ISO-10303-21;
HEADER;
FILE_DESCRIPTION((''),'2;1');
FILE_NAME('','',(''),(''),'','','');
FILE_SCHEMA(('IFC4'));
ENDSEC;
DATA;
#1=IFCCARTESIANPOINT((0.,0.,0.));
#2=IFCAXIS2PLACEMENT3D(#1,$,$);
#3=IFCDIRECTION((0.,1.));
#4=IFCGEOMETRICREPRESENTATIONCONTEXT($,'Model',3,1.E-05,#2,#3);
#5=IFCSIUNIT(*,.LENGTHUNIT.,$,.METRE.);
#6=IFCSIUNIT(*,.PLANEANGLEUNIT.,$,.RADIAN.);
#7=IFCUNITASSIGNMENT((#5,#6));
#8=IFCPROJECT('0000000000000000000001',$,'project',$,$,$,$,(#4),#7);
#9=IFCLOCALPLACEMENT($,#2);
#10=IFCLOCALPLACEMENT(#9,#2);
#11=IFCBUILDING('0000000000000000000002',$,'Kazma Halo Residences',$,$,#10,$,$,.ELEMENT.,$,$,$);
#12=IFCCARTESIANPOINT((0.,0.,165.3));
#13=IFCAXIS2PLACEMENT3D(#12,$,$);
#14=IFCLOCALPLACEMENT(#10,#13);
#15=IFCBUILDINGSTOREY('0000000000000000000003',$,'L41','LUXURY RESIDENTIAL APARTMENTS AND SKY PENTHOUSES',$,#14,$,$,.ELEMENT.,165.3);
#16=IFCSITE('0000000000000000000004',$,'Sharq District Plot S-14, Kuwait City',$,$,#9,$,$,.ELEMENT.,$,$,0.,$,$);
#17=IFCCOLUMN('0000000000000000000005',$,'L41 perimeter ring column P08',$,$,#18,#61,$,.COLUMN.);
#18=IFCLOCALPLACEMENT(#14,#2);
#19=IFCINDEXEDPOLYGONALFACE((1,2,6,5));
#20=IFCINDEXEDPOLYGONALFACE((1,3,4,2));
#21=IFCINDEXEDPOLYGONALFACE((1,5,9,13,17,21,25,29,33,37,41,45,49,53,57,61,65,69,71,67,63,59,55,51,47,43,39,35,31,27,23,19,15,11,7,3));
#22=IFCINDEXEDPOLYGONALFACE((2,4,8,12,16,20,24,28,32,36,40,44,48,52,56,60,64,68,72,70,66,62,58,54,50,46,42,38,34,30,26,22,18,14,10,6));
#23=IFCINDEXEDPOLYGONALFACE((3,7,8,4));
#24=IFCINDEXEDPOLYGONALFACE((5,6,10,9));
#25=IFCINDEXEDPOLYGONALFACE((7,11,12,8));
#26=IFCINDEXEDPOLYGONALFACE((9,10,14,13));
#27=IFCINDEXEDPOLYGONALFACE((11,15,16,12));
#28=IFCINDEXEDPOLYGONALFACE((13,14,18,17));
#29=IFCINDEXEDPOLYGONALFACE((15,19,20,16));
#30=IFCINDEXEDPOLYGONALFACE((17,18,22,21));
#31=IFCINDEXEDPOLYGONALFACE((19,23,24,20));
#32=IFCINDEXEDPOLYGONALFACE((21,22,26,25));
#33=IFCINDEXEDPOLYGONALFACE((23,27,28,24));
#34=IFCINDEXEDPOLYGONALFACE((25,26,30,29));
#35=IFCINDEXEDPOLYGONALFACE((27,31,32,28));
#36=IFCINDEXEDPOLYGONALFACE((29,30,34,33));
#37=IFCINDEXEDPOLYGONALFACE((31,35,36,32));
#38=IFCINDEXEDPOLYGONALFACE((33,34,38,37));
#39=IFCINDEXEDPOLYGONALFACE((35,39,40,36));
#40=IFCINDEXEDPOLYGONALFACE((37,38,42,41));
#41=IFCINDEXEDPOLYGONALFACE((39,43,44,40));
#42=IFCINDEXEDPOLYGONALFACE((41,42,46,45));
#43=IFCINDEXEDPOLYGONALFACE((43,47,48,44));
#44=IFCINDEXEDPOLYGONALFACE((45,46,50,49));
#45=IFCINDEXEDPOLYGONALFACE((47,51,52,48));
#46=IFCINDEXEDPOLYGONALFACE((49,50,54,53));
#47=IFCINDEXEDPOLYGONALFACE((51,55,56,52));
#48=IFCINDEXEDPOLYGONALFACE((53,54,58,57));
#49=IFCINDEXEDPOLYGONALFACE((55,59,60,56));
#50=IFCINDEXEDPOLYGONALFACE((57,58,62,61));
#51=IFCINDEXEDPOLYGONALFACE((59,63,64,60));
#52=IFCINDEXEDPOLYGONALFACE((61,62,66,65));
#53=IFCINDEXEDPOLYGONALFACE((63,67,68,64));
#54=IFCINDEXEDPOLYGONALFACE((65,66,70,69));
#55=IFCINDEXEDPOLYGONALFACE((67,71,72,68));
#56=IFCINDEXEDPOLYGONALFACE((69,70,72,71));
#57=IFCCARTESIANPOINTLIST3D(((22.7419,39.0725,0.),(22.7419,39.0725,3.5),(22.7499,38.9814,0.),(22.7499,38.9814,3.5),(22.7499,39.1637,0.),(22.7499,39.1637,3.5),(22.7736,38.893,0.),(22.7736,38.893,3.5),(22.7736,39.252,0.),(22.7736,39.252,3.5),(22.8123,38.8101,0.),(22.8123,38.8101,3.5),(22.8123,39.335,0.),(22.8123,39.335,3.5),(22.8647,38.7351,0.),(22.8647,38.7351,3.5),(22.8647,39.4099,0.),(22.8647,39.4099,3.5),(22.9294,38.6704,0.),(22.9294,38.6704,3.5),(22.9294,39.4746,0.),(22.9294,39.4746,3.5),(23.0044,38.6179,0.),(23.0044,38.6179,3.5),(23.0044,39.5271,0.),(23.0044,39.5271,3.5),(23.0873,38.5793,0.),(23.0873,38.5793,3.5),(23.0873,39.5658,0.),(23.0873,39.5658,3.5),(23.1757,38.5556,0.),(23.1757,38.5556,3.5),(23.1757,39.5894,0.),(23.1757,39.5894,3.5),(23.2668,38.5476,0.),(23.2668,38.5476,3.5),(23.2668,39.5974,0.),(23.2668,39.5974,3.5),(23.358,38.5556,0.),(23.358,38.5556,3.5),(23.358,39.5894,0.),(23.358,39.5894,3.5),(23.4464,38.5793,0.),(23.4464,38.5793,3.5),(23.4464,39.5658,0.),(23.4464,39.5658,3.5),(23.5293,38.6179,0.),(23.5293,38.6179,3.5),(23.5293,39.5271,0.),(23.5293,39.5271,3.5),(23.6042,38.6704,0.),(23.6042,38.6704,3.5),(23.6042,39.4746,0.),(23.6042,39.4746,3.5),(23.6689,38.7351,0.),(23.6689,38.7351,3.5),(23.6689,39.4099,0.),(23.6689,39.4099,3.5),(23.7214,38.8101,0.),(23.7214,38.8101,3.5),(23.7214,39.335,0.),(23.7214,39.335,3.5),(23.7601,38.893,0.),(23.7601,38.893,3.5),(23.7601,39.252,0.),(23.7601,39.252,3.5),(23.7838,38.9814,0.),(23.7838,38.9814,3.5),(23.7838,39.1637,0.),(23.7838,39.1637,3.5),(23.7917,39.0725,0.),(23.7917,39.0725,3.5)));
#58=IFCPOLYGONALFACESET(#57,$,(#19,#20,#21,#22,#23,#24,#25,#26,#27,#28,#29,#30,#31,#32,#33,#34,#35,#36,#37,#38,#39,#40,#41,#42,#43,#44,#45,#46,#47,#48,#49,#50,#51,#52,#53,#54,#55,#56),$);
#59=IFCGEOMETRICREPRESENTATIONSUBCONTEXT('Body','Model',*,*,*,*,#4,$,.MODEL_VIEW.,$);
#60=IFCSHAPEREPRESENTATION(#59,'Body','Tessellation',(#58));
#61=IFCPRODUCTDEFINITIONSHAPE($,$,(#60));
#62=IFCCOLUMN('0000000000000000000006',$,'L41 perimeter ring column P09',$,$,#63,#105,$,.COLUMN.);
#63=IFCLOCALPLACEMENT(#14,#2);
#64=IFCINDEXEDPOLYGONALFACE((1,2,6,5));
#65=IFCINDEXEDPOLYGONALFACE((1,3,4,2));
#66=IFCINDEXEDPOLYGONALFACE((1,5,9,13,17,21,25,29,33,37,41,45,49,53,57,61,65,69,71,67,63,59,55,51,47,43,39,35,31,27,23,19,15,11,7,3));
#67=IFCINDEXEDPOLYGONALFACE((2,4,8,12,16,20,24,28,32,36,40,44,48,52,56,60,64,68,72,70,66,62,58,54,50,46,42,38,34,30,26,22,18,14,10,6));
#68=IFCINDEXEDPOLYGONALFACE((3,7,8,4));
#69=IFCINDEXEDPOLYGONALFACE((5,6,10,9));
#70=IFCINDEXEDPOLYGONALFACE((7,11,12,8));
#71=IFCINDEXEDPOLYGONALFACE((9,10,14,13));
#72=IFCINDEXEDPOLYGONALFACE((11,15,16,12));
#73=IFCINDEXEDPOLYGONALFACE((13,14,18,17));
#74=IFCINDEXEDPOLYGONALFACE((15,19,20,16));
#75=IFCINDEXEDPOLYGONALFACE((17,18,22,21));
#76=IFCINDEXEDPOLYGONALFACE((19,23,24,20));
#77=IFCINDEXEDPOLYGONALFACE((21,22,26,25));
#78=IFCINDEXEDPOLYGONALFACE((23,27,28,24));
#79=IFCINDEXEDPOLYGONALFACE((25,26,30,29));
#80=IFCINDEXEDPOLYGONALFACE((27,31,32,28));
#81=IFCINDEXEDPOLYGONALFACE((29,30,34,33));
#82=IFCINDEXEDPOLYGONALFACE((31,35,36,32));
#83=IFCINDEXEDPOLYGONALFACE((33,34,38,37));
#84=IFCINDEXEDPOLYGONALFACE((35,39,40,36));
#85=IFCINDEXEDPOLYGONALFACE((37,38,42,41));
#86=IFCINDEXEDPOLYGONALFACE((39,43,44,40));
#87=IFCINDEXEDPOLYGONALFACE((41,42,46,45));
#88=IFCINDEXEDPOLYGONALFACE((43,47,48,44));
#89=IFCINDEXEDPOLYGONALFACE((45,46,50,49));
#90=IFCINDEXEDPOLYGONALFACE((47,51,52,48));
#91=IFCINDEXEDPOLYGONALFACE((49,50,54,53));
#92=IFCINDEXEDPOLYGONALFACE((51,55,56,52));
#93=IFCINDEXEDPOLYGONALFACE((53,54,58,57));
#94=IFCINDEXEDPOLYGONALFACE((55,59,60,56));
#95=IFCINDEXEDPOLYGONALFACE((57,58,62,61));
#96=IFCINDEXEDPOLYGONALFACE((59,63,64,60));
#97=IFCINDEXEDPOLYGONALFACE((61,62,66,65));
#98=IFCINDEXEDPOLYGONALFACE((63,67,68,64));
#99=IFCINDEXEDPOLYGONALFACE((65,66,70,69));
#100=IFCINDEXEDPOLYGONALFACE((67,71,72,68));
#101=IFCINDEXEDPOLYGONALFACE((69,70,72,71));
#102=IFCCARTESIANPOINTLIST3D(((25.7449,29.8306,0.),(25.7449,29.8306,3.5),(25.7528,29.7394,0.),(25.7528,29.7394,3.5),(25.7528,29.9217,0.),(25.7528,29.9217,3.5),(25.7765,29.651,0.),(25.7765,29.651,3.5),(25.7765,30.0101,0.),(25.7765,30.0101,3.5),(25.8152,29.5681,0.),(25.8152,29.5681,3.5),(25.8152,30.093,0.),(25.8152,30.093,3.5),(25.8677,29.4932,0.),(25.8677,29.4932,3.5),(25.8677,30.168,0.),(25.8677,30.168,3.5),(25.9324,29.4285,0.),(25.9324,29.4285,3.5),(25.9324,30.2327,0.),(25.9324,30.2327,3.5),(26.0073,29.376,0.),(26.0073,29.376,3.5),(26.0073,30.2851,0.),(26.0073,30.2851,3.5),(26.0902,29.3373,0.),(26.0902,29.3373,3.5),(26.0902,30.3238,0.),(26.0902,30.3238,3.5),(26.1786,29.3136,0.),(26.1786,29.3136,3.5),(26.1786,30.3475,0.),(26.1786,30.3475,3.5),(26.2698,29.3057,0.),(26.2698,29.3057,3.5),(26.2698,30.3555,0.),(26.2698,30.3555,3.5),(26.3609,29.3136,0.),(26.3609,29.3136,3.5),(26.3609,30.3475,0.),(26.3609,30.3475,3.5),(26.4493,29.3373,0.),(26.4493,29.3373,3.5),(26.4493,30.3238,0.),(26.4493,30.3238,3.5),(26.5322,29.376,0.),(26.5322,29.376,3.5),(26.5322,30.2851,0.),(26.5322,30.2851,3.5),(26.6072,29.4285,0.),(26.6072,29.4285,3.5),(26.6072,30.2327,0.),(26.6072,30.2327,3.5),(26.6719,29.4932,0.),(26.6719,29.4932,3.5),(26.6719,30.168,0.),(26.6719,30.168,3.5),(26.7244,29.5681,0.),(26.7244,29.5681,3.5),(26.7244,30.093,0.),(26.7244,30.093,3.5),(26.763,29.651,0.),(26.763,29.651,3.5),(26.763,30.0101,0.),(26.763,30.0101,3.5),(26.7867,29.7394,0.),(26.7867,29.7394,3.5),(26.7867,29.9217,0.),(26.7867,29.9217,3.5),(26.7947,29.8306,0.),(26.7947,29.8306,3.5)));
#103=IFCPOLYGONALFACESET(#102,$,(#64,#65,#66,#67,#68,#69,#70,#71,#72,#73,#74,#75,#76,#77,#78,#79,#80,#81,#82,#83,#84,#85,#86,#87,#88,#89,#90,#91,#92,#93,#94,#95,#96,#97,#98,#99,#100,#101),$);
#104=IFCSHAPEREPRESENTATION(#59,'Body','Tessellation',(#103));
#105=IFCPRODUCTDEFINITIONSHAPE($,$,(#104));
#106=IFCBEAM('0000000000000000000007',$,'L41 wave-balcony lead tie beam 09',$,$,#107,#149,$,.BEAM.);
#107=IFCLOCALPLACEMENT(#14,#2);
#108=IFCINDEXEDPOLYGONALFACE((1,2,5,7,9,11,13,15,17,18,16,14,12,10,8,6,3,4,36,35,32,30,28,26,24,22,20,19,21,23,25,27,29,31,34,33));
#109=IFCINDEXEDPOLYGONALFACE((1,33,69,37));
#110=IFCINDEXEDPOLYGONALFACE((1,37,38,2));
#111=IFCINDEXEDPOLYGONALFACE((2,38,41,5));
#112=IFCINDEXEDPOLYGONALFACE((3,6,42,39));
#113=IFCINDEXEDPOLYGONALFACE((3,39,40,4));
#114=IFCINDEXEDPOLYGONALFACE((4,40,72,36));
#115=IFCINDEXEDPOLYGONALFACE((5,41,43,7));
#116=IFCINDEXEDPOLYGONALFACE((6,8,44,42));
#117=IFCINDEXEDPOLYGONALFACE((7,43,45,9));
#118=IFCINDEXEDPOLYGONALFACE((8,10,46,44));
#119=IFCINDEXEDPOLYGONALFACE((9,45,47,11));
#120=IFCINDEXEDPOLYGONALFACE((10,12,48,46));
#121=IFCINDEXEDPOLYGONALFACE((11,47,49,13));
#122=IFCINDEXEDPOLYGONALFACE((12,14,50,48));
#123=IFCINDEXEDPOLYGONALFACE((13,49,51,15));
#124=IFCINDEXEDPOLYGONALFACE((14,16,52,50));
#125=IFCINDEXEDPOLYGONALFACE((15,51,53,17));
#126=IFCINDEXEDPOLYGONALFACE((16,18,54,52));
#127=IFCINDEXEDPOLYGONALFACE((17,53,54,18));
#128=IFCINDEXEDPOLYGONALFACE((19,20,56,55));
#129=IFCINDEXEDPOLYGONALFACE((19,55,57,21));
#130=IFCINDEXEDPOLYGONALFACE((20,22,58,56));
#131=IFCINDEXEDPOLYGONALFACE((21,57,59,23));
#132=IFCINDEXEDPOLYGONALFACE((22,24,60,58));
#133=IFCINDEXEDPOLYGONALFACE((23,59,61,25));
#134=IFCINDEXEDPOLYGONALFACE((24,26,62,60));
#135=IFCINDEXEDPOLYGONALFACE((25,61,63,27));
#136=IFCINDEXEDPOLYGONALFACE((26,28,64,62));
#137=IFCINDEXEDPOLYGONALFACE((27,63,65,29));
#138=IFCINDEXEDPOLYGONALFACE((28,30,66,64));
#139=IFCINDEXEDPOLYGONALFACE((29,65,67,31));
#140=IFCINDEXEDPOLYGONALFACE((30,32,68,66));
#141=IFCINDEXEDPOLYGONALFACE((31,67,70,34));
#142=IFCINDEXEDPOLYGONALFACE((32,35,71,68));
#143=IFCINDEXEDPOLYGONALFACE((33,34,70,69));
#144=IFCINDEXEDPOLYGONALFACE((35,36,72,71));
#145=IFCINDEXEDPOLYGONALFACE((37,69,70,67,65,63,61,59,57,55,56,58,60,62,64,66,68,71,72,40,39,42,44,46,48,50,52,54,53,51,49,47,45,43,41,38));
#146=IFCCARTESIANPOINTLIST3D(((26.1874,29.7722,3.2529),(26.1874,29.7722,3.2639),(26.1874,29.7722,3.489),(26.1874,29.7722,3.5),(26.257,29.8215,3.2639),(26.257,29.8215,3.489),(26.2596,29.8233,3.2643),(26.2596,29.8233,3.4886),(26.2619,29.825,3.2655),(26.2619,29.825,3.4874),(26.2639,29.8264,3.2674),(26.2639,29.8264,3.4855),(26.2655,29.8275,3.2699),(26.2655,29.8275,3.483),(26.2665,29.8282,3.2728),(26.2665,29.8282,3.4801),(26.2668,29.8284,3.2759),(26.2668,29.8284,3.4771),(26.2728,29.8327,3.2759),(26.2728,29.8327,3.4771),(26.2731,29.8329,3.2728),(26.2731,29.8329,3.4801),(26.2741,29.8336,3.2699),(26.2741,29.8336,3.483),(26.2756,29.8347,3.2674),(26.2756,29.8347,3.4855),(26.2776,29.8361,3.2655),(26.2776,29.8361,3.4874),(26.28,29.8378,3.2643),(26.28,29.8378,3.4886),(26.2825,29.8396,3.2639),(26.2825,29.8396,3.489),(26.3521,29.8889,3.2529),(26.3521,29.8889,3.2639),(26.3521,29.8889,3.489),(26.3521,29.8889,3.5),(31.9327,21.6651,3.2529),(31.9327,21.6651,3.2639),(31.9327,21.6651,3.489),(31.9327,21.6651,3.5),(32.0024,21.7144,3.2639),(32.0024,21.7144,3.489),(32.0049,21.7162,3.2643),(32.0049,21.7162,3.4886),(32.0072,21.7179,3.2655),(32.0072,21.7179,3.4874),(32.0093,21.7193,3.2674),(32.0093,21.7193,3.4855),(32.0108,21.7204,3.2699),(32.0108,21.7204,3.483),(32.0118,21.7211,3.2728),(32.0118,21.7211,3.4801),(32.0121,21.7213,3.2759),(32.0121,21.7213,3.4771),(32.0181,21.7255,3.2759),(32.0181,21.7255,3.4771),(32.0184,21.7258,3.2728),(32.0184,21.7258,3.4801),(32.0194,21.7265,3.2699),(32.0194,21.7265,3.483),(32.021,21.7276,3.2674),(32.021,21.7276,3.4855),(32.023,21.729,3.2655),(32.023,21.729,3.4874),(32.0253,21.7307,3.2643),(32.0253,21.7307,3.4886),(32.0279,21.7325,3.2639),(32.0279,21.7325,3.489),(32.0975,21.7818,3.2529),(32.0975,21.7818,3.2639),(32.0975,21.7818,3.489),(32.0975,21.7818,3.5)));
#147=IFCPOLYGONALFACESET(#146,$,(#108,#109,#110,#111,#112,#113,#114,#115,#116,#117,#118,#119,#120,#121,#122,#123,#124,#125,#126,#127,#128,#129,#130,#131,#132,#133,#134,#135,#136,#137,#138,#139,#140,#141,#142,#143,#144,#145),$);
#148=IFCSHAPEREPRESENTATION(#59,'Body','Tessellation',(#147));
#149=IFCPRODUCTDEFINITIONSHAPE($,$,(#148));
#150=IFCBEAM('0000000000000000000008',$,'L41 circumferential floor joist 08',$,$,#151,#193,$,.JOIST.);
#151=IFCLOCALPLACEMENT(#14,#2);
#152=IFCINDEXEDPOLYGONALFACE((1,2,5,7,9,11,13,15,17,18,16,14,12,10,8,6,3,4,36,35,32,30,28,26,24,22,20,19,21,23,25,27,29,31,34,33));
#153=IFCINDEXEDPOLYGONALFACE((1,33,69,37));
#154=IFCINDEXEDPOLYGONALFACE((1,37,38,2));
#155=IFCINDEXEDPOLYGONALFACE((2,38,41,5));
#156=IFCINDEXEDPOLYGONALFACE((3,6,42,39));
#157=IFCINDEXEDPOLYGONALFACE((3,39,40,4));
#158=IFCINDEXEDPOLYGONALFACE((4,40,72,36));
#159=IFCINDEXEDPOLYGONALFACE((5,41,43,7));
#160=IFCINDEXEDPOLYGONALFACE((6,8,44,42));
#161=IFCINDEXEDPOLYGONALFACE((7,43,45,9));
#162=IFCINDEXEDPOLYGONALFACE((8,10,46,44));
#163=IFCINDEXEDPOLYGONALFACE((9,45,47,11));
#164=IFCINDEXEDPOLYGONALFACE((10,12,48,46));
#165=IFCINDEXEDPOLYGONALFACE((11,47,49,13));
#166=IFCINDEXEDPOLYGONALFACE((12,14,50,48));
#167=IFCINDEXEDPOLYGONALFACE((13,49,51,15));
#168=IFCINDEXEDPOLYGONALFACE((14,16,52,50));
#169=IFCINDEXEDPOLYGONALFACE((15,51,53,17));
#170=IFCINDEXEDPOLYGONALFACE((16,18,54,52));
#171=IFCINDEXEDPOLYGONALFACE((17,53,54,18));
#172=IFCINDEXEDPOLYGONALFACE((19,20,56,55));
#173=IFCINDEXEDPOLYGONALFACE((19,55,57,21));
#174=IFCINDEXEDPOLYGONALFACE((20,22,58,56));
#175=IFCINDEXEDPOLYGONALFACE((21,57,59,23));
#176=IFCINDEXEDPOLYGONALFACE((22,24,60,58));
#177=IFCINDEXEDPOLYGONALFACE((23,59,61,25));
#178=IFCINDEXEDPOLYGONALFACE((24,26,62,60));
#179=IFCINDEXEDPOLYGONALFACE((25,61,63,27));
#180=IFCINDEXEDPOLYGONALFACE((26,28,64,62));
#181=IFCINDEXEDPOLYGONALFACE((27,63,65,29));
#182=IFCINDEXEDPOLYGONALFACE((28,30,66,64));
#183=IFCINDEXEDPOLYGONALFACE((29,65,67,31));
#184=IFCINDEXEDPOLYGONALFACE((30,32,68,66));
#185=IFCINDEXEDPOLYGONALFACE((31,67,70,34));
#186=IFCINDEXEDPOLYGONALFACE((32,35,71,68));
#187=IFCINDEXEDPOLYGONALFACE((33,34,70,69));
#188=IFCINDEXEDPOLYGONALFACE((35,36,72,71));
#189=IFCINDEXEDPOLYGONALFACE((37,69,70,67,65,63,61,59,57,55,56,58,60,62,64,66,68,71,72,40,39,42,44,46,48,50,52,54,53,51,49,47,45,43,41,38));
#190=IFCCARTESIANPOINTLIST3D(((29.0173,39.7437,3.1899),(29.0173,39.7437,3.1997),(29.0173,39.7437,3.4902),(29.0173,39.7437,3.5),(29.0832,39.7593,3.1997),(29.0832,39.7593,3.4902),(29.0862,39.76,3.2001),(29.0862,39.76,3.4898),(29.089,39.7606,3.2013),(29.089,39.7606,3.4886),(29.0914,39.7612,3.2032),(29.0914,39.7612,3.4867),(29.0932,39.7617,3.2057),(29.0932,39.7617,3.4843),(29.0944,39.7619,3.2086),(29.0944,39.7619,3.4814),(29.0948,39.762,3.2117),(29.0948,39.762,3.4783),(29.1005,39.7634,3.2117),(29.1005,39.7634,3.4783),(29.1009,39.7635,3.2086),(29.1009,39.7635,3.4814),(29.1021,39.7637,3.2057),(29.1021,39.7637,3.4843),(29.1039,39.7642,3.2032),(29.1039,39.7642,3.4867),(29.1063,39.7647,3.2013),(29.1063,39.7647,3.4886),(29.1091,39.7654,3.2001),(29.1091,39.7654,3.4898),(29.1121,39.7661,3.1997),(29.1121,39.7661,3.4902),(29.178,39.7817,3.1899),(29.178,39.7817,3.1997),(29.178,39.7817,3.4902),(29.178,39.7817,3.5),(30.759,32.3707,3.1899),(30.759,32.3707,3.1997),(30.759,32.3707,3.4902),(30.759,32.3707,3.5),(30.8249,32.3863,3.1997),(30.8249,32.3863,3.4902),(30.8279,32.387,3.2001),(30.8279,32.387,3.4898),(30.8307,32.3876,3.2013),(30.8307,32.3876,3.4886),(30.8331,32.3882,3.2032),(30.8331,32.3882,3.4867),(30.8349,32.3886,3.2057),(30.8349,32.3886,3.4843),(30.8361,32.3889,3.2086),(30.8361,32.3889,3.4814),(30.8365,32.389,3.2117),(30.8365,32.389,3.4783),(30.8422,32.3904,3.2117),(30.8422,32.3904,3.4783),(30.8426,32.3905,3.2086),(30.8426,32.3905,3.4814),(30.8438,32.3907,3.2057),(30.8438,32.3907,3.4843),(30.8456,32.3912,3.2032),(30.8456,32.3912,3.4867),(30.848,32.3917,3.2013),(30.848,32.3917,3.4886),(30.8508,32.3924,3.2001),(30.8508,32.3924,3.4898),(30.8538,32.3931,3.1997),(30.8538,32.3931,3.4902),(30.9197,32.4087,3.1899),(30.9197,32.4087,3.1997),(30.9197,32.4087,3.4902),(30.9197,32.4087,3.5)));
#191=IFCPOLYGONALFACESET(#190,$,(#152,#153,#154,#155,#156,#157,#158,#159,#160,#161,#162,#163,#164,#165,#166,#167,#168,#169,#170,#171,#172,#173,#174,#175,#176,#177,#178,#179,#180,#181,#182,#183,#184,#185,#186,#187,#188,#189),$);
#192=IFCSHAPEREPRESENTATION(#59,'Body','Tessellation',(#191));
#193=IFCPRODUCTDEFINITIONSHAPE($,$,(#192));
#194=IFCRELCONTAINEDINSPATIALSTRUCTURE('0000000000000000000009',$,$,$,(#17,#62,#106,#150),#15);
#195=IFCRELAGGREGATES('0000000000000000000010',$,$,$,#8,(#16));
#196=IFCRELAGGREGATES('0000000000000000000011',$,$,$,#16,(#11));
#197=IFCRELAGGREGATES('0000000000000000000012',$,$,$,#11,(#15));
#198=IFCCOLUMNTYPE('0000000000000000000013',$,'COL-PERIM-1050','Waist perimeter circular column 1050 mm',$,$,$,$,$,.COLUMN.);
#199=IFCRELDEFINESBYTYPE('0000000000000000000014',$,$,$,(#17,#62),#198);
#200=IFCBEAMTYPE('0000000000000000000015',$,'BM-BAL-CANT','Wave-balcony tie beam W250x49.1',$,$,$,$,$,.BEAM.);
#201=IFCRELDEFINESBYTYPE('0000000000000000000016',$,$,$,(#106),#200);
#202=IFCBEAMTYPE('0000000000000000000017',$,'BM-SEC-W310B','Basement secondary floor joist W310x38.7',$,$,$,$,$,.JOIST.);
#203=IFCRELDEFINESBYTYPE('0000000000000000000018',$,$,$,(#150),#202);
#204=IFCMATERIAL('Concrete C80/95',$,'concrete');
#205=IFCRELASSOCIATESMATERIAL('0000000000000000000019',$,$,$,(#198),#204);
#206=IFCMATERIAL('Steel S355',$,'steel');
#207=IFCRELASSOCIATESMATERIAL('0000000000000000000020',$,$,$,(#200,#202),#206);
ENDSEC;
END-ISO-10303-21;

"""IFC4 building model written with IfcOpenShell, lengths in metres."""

from ifc_helpers import new_model, si_unit, direction, frame, origin, origin_2d, place, context, subcontext, project, spatial, circle, i_section, extrude, material, material_profile, profile_set, type_object, element, save


model = new_model("IFC4")

# Units and contexts
model_context = context("Model", 3, precision=1e-05, world=origin(), true_north=direction((0.0, 1.0)))
body_context = subcontext(model_context, "Body", "Model", "MODEL_VIEW")
ifc_project = project(units=[si_unit("LENGTHUNIT", "METRE"), si_unit("PLANEANGLEUNIT", "RADIAN")], contexts=[model_context])

# Site, building, storey
site_placement = place(None, origin())
site = spatial("IfcSite", under=ifc_project, at=site_placement, Name="Sharq District Plot S-14, Kuwait City", CompositionType="ELEMENT", RefElevation=0.0)
building_placement = place(site_placement, origin())
building = spatial("IfcBuilding", under=site, at=building_placement, Name="Kazma Halo Residences", CompositionType="ELEMENT")
storey_placement = place(building_placement, frame((0.0, 0.0, 165.3)))
storey = spatial("IfcBuildingStorey", under=building, at=storey_placement, Name="L41", Description="LUXURY RESIDENTIAL APARTMENTS AND SKY PENTHOUSES", CompositionType="ELEMENT", Elevation=165.3)

# Columns
ifc_material_1 = material(Name="Concrete C80/95", Category="concrete")
ifc_material_profile_1 = material_profile(ifc_material_1, circle(Radius=0.5249, at=origin_2d()), Name="CIRC1050")
ifc_profile_set_1 = profile_set([ifc_material_profile_1], Name="Concrete C80/95")
column_type = type_object("IfcColumnType", Name="COL-PERIM-1050", Description="Waist perimeter circular column 1050 mm", PredefinedType="COLUMN", material=ifc_profile_set_1)
for number, where, z_axis, x_axis, name in (
    (1, (23.2668, 39.0725, 0.0), (0.0, 0.0, 1.0), (1.0, 0.0, 0.0), "L41 perimeter ring column P08"),
    (2, (26.2698, 29.8306, 0.0), (0.0, 0.0, 1.0), (1.0, 0.0, 0.0), "L41 perimeter ring column P09"),
):
    element("IfcColumn", number, at=place(storey_placement, frame(where, z_axis=z_axis, x_axis=x_axis)), inside=storey, type_object=column_type, Name=name, PredefinedType="COLUMN", context=body_context, shape_type="SweptSolid", body=[
        extrude(circle(Radius=0.5249, at=origin_2d()), origin(), (0.0, 0.0, 1.0), 3.5),
    ])

# Beams
ifc_material_2 = material(Name="Steel S355", Category="steel")
ifc_material_profile_2 = material_profile(ifc_material_2, i_section(OverallWidth=0.2019, OverallDepth=0.2471, WebThickness=0.0073, FlangeThickness=0.011, FilletRadius=0.012, at=origin_2d()), Name="W250x49.1")
ifc_profile_set_2 = profile_set([ifc_material_profile_2], Name="Steel S355")
beam_type_1 = type_object("IfcBeamType", Name="BM-BAL-CANT", Description="Wave-balcony tie beam W250x49.1", PredefinedType="BEAM", material=ifc_profile_set_2)
beam_1_placement = place(storey_placement, frame((26.2698, 29.8306, 3.3765), z_axis=(0.578203, -0.815893, 0.0), x_axis=(0.815893, 0.578203, 0.0)))
element("IfcBeam", 3, at=beam_1_placement, inside=storey, type_object=beam_type_1, Name="L41 wave-balcony lead tie beam 09", PredefinedType="BEAM", context=body_context, shape_type="SweptSolid", body=[
    extrude(i_section(OverallWidth=0.2019, OverallDepth=0.2471, WebThickness=0.0073, FlangeThickness=0.011, FilletRadius=0.012, at=origin_2d()), origin(), (0.0, 0.0, 1.0), 9.9365),
])
ifc_material_profile_3 = material_profile(ifc_material_2, i_section(OverallWidth=0.165, OverallDepth=0.3101, WebThickness=0.0059, FlangeThickness=0.0098, FilletRadius=0.012, at=origin_2d()), Name="W310x38.7")
ifc_profile_set_3 = profile_set([ifc_material_profile_3], Name="Steel S355")
beam_type_2 = type_object("IfcBeamType", Name="BM-SEC-W310B", Description="Basement secondary floor joist W310x38.7", PredefinedType="JOIST", material=ifc_profile_set_3)
beam_2_placement = place(storey_placement, frame((29.0977, 39.7627, 3.345), z_axis=(0.229898, -0.973215, 0.0), x_axis=(0.973215, 0.229898, 0.0)))
element("IfcBeam", 4, at=beam_2_placement, inside=storey, type_object=beam_type_2, Name="L41 circumferential floor joist 08", PredefinedType="JOIST", context=body_context, shape_type="SweptSolid", body=[
    extrude(i_section(OverallWidth=0.165, OverallDepth=0.3101, WebThickness=0.0059, FlangeThickness=0.0098, FilletRadius=0.012, at=origin_2d()), origin(), (0.0, 0.0, 1.0), 7.5759),
])

save(model, "model.ifc")
